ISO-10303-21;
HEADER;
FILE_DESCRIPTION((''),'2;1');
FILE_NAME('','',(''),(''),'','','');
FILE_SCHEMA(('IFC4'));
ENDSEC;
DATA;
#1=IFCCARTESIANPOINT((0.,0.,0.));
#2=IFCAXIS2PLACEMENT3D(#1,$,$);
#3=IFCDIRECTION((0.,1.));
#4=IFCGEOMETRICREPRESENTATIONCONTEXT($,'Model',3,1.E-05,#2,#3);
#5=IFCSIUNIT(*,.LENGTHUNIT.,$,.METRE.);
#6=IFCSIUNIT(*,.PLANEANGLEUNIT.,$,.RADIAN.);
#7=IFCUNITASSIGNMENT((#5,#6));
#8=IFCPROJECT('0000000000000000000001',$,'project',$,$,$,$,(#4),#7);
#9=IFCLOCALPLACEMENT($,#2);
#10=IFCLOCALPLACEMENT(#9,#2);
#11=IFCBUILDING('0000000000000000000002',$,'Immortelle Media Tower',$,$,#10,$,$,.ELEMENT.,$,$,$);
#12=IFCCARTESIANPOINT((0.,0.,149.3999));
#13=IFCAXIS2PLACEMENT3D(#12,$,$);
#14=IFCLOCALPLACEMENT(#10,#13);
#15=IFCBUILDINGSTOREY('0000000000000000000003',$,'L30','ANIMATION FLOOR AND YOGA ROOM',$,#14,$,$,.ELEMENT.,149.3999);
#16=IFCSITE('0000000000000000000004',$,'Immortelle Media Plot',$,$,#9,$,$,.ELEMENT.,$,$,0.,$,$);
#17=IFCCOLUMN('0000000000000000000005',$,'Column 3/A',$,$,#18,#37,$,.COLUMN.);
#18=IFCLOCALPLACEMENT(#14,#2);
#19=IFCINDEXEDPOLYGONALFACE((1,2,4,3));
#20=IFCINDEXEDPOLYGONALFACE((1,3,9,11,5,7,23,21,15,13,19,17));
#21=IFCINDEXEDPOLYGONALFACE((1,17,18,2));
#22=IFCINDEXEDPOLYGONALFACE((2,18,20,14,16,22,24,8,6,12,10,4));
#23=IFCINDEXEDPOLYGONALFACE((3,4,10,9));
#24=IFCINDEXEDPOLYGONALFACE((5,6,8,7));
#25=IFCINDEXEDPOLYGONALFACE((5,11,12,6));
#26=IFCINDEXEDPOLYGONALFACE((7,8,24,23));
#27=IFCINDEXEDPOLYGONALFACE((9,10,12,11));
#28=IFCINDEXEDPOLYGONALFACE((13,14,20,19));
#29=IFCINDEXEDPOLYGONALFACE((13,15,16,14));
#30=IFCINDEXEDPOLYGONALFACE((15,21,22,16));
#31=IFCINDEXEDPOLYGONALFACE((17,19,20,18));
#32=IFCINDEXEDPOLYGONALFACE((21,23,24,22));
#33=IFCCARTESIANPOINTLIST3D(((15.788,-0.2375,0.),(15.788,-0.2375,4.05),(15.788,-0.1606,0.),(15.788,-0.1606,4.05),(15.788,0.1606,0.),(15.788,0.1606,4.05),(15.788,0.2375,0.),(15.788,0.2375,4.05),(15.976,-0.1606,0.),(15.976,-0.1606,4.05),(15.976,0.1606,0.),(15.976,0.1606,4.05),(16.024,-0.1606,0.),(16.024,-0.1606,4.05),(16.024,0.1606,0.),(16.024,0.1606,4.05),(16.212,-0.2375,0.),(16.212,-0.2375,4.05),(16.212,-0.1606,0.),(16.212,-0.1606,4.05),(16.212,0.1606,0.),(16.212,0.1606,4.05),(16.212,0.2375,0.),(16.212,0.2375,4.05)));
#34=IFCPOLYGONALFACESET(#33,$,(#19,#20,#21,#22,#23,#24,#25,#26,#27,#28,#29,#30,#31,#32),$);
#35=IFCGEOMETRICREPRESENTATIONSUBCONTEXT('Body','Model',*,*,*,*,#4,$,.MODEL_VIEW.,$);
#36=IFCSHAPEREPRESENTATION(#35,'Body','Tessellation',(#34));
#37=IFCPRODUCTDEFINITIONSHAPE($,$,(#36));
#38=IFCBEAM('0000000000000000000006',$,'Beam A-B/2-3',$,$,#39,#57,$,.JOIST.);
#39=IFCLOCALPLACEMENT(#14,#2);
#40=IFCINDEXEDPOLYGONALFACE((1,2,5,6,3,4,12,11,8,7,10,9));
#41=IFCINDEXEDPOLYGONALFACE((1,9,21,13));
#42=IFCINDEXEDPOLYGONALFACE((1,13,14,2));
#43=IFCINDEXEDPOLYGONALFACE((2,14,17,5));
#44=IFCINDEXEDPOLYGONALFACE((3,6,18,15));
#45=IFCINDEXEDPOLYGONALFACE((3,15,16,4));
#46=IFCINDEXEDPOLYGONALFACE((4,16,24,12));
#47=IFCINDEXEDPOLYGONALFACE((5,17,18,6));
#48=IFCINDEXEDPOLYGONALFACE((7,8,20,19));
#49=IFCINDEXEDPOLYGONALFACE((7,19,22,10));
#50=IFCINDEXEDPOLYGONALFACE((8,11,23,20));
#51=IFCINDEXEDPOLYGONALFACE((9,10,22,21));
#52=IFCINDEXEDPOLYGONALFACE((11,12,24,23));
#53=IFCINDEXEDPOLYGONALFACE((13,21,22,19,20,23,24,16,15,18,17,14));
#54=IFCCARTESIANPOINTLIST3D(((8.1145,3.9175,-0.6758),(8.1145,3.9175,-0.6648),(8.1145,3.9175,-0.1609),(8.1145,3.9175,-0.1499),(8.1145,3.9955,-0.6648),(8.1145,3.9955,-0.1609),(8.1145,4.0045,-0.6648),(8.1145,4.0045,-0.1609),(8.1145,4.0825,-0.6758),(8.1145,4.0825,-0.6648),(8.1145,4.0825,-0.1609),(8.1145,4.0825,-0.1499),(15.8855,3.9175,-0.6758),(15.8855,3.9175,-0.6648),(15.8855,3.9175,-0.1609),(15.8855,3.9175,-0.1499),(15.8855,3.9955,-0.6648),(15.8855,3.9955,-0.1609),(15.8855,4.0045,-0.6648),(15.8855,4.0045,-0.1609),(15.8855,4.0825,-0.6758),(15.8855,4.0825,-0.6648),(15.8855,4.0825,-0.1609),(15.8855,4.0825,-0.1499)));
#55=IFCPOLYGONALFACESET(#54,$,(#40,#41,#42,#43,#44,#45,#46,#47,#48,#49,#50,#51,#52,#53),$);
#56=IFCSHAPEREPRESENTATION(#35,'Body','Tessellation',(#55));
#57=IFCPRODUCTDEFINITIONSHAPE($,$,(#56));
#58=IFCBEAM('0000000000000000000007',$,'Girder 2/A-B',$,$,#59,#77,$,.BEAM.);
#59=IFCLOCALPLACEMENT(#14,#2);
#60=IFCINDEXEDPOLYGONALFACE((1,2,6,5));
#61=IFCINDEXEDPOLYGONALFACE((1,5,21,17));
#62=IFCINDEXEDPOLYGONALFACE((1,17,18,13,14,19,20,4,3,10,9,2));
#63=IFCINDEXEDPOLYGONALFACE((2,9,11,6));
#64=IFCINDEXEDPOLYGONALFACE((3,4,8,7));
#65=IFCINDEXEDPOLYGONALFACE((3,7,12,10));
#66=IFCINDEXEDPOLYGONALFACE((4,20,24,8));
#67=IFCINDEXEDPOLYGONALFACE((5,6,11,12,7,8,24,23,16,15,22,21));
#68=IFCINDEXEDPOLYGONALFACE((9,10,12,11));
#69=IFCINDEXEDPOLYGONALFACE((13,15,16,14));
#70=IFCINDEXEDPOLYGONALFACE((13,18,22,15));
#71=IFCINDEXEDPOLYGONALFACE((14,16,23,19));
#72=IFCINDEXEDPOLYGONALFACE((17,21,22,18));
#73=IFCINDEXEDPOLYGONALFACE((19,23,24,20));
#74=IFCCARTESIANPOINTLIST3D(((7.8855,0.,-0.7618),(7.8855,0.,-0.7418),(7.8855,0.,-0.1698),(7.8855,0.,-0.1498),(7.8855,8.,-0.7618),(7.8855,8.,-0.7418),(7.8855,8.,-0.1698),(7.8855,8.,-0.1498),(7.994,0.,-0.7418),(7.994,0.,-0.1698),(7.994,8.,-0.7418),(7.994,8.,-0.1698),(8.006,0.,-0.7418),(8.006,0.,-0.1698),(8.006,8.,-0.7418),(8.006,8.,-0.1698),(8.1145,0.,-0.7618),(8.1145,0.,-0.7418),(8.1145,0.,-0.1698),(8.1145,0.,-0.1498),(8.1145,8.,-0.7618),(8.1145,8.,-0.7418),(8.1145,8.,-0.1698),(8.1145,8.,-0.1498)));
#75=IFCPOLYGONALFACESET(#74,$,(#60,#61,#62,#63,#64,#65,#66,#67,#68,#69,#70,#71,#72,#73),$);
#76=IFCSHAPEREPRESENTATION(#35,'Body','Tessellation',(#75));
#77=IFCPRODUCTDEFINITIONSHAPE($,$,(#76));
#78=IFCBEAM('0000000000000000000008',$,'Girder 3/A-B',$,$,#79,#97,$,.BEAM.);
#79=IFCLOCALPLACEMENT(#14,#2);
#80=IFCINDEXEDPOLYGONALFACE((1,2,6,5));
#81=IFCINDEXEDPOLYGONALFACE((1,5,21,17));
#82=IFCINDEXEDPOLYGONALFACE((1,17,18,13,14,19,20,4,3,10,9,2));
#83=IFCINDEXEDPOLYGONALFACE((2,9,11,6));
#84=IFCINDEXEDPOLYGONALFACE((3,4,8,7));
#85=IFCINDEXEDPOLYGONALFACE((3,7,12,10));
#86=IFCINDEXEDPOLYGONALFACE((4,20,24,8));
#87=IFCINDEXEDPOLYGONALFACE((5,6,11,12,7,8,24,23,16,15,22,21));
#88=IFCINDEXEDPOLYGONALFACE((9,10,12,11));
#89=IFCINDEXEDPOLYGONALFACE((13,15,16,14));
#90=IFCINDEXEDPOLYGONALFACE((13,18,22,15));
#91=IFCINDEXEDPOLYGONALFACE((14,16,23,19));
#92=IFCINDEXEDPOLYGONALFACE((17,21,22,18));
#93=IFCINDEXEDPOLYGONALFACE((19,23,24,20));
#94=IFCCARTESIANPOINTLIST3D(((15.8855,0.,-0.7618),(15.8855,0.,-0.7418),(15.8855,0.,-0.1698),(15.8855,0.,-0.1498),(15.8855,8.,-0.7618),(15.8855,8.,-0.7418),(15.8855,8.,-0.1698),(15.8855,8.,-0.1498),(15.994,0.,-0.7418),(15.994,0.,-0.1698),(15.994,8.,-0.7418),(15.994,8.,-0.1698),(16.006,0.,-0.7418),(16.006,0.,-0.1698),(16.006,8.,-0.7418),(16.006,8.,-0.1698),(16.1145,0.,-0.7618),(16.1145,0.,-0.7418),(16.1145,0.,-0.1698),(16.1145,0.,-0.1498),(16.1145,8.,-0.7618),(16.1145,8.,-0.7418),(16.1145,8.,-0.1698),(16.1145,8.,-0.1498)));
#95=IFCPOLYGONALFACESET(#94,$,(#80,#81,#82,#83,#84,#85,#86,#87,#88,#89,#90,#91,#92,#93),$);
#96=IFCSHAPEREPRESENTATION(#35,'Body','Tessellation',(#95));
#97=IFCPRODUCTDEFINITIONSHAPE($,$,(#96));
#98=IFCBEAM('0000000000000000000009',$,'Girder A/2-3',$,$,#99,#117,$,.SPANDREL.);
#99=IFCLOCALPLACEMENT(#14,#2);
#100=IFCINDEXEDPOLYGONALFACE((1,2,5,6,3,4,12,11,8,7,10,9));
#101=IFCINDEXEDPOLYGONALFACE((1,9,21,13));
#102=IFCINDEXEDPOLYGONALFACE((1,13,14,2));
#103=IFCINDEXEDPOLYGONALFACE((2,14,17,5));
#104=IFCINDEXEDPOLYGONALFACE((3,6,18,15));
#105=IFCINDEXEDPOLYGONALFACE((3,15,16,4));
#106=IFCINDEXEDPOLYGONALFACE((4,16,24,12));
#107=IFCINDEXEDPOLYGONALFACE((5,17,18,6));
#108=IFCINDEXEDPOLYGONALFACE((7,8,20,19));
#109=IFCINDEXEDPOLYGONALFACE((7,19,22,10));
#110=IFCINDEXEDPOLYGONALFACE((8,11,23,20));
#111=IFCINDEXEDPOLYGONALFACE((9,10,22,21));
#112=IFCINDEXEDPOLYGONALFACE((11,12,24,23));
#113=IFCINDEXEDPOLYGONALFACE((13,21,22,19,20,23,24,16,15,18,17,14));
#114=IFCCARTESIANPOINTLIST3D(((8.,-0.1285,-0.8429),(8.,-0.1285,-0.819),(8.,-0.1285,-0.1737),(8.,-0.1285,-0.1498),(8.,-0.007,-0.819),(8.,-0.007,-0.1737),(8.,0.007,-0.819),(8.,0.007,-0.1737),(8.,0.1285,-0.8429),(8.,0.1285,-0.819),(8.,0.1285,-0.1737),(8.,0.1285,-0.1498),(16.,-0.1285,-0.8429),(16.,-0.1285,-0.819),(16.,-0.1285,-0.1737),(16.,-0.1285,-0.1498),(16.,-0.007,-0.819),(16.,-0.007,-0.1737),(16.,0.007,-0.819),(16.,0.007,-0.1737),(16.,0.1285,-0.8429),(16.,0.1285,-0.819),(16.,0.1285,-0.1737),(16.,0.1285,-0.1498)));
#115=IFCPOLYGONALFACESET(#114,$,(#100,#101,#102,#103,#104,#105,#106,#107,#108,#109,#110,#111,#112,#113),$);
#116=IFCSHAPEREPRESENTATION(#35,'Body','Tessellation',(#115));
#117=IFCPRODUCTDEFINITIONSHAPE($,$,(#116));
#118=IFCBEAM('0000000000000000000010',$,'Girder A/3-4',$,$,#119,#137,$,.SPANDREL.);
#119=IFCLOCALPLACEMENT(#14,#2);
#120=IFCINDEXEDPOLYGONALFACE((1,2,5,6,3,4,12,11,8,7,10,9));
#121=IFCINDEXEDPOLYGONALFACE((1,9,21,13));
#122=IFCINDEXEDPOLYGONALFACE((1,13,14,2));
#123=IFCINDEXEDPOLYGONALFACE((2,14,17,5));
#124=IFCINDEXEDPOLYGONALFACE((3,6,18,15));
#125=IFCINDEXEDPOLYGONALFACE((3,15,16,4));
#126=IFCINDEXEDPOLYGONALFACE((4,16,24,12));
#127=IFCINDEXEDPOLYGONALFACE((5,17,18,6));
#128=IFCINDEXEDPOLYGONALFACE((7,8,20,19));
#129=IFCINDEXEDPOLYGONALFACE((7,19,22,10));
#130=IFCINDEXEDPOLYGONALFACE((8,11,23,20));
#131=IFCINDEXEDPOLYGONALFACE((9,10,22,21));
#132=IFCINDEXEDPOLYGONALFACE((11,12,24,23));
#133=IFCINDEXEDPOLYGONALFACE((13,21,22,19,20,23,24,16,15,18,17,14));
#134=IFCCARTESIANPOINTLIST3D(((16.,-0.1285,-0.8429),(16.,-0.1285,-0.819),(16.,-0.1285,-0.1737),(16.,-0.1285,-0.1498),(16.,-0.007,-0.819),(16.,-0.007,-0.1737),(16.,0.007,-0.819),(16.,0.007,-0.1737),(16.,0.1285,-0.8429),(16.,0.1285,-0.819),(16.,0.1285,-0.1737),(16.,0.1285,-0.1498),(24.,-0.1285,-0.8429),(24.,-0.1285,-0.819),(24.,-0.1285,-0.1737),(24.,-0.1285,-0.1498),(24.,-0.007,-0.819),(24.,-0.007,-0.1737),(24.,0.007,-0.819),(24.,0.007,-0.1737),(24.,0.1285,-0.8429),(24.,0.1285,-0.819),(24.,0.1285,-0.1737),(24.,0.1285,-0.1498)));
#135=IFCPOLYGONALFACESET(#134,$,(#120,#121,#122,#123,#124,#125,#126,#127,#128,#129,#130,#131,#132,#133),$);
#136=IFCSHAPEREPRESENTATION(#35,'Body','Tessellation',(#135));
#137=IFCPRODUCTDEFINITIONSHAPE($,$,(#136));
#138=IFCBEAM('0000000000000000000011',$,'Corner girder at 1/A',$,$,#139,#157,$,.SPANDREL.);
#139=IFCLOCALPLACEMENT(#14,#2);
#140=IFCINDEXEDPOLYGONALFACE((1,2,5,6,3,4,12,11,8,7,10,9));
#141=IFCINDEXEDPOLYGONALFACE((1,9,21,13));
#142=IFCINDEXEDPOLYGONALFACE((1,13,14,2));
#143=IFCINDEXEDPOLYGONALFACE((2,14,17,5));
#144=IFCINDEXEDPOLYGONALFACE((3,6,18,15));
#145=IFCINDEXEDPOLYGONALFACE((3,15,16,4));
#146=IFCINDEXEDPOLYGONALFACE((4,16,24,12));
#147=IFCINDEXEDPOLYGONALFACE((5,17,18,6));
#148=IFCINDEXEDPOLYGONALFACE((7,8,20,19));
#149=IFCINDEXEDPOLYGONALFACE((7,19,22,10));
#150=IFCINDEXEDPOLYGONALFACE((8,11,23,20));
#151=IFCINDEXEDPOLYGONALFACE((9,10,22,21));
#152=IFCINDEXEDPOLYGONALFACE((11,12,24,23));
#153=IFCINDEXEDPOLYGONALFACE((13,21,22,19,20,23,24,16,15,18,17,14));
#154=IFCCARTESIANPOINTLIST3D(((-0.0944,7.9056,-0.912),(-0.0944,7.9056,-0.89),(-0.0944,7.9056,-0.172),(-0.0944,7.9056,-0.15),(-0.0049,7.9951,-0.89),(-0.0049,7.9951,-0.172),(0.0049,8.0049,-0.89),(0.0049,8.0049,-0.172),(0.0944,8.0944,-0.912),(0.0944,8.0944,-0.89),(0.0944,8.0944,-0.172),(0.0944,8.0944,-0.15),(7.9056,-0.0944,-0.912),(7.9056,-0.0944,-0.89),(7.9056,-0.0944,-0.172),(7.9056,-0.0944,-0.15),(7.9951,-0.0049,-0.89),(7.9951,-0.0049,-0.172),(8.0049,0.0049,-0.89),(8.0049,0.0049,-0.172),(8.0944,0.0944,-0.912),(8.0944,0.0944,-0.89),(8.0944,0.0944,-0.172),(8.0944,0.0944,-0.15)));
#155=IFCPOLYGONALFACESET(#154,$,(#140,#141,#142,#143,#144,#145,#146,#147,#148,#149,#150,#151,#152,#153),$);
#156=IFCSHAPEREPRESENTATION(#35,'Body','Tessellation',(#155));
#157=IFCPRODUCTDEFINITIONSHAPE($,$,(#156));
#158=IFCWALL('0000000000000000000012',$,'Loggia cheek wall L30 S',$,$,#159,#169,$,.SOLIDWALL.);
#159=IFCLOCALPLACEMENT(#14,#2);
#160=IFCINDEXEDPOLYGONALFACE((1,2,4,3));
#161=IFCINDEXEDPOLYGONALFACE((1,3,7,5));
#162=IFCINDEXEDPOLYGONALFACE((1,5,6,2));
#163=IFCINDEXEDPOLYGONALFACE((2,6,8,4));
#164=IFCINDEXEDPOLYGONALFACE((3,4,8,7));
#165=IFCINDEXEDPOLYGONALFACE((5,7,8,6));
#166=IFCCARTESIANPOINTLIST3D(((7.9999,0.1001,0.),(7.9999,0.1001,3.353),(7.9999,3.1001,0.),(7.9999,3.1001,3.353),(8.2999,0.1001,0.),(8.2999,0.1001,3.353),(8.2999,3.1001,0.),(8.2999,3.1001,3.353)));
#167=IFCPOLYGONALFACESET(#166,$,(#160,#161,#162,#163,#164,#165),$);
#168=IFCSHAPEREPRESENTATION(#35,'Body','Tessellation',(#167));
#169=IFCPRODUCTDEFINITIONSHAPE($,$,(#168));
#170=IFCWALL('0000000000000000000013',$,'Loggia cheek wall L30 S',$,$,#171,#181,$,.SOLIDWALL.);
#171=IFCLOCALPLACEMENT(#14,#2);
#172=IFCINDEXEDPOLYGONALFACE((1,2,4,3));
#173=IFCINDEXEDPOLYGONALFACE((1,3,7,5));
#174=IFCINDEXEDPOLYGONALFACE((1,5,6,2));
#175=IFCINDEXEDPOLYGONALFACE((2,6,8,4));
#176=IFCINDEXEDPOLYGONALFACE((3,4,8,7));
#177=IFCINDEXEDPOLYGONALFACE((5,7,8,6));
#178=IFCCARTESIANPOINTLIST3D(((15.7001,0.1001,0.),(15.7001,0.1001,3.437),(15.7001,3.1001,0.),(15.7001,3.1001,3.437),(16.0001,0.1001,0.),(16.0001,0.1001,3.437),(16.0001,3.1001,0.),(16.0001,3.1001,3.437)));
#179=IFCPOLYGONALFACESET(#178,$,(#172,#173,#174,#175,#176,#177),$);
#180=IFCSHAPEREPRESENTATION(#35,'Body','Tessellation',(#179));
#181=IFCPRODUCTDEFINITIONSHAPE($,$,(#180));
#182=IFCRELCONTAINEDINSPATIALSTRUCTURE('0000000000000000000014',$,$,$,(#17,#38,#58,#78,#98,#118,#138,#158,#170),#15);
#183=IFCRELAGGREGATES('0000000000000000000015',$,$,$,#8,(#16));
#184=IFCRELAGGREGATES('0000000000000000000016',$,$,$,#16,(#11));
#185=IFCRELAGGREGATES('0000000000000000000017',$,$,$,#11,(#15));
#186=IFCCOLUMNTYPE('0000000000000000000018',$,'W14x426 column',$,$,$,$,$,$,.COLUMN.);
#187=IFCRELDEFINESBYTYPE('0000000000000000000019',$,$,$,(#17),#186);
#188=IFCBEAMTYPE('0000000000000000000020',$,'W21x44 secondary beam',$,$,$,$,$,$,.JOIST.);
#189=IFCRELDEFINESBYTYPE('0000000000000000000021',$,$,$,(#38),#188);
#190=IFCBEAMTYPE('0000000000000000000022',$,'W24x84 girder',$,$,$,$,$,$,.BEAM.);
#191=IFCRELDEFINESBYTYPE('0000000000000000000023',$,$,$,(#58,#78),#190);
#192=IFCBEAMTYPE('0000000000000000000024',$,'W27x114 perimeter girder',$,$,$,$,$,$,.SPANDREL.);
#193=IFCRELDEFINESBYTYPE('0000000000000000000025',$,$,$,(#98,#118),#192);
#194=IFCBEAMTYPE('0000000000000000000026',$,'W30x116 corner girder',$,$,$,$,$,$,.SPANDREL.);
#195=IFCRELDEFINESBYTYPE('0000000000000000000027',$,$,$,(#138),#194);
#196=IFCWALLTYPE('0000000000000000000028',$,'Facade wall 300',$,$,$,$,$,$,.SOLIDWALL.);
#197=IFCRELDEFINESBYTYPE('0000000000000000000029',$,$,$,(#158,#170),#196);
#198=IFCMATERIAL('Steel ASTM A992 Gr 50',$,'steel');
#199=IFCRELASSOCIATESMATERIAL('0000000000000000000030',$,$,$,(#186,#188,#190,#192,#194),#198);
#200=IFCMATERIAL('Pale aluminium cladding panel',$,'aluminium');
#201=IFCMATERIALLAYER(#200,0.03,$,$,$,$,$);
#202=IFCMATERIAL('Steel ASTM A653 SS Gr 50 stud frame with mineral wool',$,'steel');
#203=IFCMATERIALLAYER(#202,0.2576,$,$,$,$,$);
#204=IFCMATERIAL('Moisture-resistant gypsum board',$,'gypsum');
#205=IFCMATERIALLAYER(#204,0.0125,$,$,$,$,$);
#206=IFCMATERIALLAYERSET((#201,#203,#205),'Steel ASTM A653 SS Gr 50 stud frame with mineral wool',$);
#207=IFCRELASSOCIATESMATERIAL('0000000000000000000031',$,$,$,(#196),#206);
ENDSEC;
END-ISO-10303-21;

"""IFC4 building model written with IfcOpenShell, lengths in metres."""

from ifc_helpers import new_model, si_unit, direction, frame, frame_2d, origin, origin_2d, place, context, subcontext, project, spatial, rectangle, i_section, extrude, material, layer, layer_set, material_profile, profile_set, type_object, element, save


model = new_model("IFC4")

# Units and contexts
model_context = context("Model", 3, precision=1e-05, world=origin(), true_north=direction((0.0, 1.0)))
body_context = subcontext(model_context, "Body", "Model", "MODEL_VIEW")
ifc_project = project(units=[si_unit("LENGTHUNIT", "METRE"), si_unit("PLANEANGLEUNIT", "RADIAN")], contexts=[model_context])

# Site, building, storey
site_placement = place(None, origin())
site = spatial("IfcSite", under=ifc_project, at=site_placement, Name="Immortelle Media Plot", CompositionType="ELEMENT", RefElevation=0.0)
building_placement = place(site_placement, origin())
building = spatial("IfcBuilding", under=site, at=building_placement, Name="Immortelle Media Tower", CompositionType="ELEMENT")
storey_placement = place(building_placement, frame((0.0, 0.0, 149.3999)))
storey = spatial("IfcBuildingStorey", under=building, at=storey_placement, Name="L30", Description="ANIMATION FLOOR AND YOGA ROOM", CompositionType="ELEMENT", Elevation=149.3999)

# Column
ifc_material_1 = material(Name="Steel ASTM A992 Gr 50", Category="steel")
ifc_material_profile_1 = material_profile(ifc_material_1, i_section(OverallWidth=0.4241, OverallDepth=0.4751, WebThickness=0.0481, FlangeThickness=0.0769, at=origin_2d()), Name="W14x426")
ifc_profile_set_1 = profile_set([ifc_material_profile_1], Name="Steel ASTM A992 Gr 50")
column_type = type_object("IfcColumnType", Name="W14x426 column", PredefinedType="COLUMN", material=ifc_profile_set_1)
column_placement = place(storey_placement, frame((16.0, 0.0, 0.0), z_axis=(0.0, 0.0, 1.0), x_axis=(1.0, 0.0, 0.0)))
element("IfcColumn", 1, at=column_placement, inside=storey, type_object=column_type, Name="Column 3/A", PredefinedType="COLUMN", context=body_context, shape_type="SweptSolid", body=[
    extrude(i_section(OverallWidth=0.4241, OverallDepth=0.4751, WebThickness=0.0481, FlangeThickness=0.0769, at=origin_2d()), origin(), (0.0, 0.0, 1.0), 4.05),
])

# Beams
ifc_material_profile_2 = material_profile(ifc_material_1, i_section(OverallWidth=0.165, OverallDepth=0.5259, WebThickness=0.009, FlangeThickness=0.011, at=origin_2d()), Name="W21x44")
ifc_profile_set_2 = profile_set([ifc_material_profile_2], Name="Steel ASTM A992 Gr 50")
beam_type_1 = type_object("IfcBeamType", Name="W21x44 secondary beam", PredefinedType="JOIST", material=ifc_profile_set_2)
beam_1_placement = place(storey_placement, frame((8.1145, 4.0, -0.4128), z_axis=(1.0, 0.0, 0.0), x_axis=(0.0, 1.0, 0.0)))
element("IfcBeam", 2, at=beam_1_placement, inside=storey, type_object=beam_type_1, Name="Beam A-B/2-3", PredefinedType="JOIST", context=body_context, shape_type="SweptSolid", body=[
    extrude(i_section(OverallWidth=0.165, OverallDepth=0.5259, WebThickness=0.009, FlangeThickness=0.011, at=origin_2d()), origin(), (0.0, 0.0, 1.0), 7.771),
])
ifc_material_profile_3 = material_profile(ifc_material_1, i_section(OverallWidth=0.229, OverallDepth=0.6121, WebThickness=0.012, FlangeThickness=0.02, at=origin_2d()), Name="W24x84")
ifc_profile_set_3 = profile_set([ifc_material_profile_3], Name="Steel ASTM A992 Gr 50")
beam_type_2 = type_object("IfcBeamType", Name="W24x84 girder", PredefinedType="BEAM", material=ifc_profile_set_3)
for number, where, z_axis, x_axis, name in (
    (3, (8.0, 0.0, -0.4558), (0.0, 1.0, 0.0), (-1.0, 0.0, 0.0), "Girder 2/A-B"),
    (4, (16.0, 0.0, -0.4558), (0.0, 1.0, 0.0), (-1.0, 0.0, 0.0), "Girder 3/A-B"),
):
    element("IfcBeam", number, at=place(storey_placement, frame(where, z_axis=z_axis, x_axis=x_axis)), inside=storey, type_object=beam_type_2, Name=name, PredefinedType="BEAM", context=body_context, shape_type="SweptSolid", body=[
        extrude(i_section(OverallWidth=0.229, OverallDepth=0.6121, WebThickness=0.012, FlangeThickness=0.02, at=origin_2d()), origin(), (0.0, 0.0, 1.0), 8.0),
    ])
ifc_material_profile_4 = material_profile(ifc_material_1, i_section(OverallWidth=0.2571, OverallDepth=0.6931, WebThickness=0.0139, FlangeThickness=0.0239, at=origin_2d()), Name="W27x114")
ifc_profile_set_4 = profile_set([ifc_material_profile_4], Name="Steel ASTM A992 Gr 50")
beam_type_3 = type_object("IfcBeamType", Name="W27x114 perimeter girder", PredefinedType="SPANDREL", material=ifc_profile_set_4)
for number, where, z_axis, x_axis, name in (
    (5, (8.0, 0.0, -0.4963), (1.0, 0.0, 0.0), (0.0, 1.0, 0.0), "Girder A/2-3"),
    (6, (16.0, 0.0, -0.4963), (1.0, 0.0, 0.0), (0.0, 1.0, 0.0), "Girder A/3-4"),
):
    element("IfcBeam", number, at=place(storey_placement, frame(where, z_axis=z_axis, x_axis=x_axis)), inside=storey, type_object=beam_type_3, Name=name, PredefinedType="SPANDREL", context=body_context, shape_type="SweptSolid", body=[
        extrude(i_section(OverallWidth=0.2571, OverallDepth=0.6931, WebThickness=0.0139, FlangeThickness=0.0239, at=origin_2d()), origin(), (0.0, 0.0, 1.0), 8.0),
    ])
ifc_material_profile_5 = material_profile(ifc_material_1, i_section(OverallWidth=0.2671, OverallDepth=0.762, WebThickness=0.0139, FlangeThickness=0.022, at=origin_2d()), Name="W30x116")
ifc_profile_set_5 = profile_set([ifc_material_profile_5], Name="Steel ASTM A992 Gr 50")
beam_type_4 = type_object("IfcBeamType", Name="W30x116 corner girder", PredefinedType="SPANDREL", material=ifc_profile_set_5)
beam_2_placement = place(storey_placement, frame((8.0, 0.0, -0.531), z_axis=(-0.707107, 0.707107, 0.0), x_axis=(-0.707107, -0.707107, 0.0)))
element("IfcBeam", 7, at=beam_2_placement, inside=storey, type_object=beam_type_4, Name="Corner girder at 1/A", PredefinedType="SPANDREL", context=body_context, shape_type="SweptSolid", body=[
    extrude(i_section(OverallWidth=0.2671, OverallDepth=0.762, WebThickness=0.0139, FlangeThickness=0.022, at=origin_2d()), origin(), (0.0, 0.0, 1.0), 11.3137),
])

# Shared definitions
ifc_material_2 = material(Name="Pale aluminium cladding panel", Category="aluminium")
ifc_layer_1 = layer(ifc_material_2, 0.03)
ifc_material_3 = material(Name="Steel ASTM A653 SS Gr 50 stud frame with mineral wool", Category="steel")
ifc_layer_2 = layer(ifc_material_3, 0.2576)
ifc_material_4 = material(Name="Moisture-resistant gypsum board", Category="gypsum")
ifc_layer_3 = layer(ifc_material_4, 0.0125)
ifc_layer_set_1 = layer_set([ifc_layer_1, ifc_layer_2, ifc_layer_3], Name="Steel ASTM A653 SS Gr 50 stud frame with mineral wool")
wall_type_1 = type_object("IfcWallType", Name="Facade wall 300", PredefinedType="SOLIDWALL", material=ifc_layer_set_1)

# Walls
wall_1_placement = place(storey_placement, frame((8.1499, 0.1001, 0.0), z_axis=(0.0, 0.0, 1.0), x_axis=(0.0, 1.0, 0.0)))
element("IfcWall", 8, at=wall_1_placement, inside=storey, type_object=wall_type_1, Name="Loggia cheek wall L30 S", PredefinedType="SOLIDWALL", context=body_context, shape_type="SweptSolid", body=[
    extrude(rectangle(XDim=3.0, YDim=0.3, at=frame_2d((1.5, 0.0))), origin(), (0.0, 0.0, 1.0), 3.353),
])
wall_2_placement = place(storey_placement, frame((15.8501, 0.1001, 0.0), z_axis=(0.0, 0.0, 1.0), x_axis=(0.0, 1.0, 0.0)))
element("IfcWall", 9, at=wall_2_placement, inside=storey, type_object=wall_type_1, Name="Loggia cheek wall L30 S", PredefinedType="SOLIDWALL", context=body_context, shape_type="SweptSolid", body=[
    extrude(rectangle(XDim=3.0, YDim=0.3, at=frame_2d((1.5, 0.0))), origin(), (0.0, 0.0, 1.0), 3.437),
])

save(model, "model.ifc")
